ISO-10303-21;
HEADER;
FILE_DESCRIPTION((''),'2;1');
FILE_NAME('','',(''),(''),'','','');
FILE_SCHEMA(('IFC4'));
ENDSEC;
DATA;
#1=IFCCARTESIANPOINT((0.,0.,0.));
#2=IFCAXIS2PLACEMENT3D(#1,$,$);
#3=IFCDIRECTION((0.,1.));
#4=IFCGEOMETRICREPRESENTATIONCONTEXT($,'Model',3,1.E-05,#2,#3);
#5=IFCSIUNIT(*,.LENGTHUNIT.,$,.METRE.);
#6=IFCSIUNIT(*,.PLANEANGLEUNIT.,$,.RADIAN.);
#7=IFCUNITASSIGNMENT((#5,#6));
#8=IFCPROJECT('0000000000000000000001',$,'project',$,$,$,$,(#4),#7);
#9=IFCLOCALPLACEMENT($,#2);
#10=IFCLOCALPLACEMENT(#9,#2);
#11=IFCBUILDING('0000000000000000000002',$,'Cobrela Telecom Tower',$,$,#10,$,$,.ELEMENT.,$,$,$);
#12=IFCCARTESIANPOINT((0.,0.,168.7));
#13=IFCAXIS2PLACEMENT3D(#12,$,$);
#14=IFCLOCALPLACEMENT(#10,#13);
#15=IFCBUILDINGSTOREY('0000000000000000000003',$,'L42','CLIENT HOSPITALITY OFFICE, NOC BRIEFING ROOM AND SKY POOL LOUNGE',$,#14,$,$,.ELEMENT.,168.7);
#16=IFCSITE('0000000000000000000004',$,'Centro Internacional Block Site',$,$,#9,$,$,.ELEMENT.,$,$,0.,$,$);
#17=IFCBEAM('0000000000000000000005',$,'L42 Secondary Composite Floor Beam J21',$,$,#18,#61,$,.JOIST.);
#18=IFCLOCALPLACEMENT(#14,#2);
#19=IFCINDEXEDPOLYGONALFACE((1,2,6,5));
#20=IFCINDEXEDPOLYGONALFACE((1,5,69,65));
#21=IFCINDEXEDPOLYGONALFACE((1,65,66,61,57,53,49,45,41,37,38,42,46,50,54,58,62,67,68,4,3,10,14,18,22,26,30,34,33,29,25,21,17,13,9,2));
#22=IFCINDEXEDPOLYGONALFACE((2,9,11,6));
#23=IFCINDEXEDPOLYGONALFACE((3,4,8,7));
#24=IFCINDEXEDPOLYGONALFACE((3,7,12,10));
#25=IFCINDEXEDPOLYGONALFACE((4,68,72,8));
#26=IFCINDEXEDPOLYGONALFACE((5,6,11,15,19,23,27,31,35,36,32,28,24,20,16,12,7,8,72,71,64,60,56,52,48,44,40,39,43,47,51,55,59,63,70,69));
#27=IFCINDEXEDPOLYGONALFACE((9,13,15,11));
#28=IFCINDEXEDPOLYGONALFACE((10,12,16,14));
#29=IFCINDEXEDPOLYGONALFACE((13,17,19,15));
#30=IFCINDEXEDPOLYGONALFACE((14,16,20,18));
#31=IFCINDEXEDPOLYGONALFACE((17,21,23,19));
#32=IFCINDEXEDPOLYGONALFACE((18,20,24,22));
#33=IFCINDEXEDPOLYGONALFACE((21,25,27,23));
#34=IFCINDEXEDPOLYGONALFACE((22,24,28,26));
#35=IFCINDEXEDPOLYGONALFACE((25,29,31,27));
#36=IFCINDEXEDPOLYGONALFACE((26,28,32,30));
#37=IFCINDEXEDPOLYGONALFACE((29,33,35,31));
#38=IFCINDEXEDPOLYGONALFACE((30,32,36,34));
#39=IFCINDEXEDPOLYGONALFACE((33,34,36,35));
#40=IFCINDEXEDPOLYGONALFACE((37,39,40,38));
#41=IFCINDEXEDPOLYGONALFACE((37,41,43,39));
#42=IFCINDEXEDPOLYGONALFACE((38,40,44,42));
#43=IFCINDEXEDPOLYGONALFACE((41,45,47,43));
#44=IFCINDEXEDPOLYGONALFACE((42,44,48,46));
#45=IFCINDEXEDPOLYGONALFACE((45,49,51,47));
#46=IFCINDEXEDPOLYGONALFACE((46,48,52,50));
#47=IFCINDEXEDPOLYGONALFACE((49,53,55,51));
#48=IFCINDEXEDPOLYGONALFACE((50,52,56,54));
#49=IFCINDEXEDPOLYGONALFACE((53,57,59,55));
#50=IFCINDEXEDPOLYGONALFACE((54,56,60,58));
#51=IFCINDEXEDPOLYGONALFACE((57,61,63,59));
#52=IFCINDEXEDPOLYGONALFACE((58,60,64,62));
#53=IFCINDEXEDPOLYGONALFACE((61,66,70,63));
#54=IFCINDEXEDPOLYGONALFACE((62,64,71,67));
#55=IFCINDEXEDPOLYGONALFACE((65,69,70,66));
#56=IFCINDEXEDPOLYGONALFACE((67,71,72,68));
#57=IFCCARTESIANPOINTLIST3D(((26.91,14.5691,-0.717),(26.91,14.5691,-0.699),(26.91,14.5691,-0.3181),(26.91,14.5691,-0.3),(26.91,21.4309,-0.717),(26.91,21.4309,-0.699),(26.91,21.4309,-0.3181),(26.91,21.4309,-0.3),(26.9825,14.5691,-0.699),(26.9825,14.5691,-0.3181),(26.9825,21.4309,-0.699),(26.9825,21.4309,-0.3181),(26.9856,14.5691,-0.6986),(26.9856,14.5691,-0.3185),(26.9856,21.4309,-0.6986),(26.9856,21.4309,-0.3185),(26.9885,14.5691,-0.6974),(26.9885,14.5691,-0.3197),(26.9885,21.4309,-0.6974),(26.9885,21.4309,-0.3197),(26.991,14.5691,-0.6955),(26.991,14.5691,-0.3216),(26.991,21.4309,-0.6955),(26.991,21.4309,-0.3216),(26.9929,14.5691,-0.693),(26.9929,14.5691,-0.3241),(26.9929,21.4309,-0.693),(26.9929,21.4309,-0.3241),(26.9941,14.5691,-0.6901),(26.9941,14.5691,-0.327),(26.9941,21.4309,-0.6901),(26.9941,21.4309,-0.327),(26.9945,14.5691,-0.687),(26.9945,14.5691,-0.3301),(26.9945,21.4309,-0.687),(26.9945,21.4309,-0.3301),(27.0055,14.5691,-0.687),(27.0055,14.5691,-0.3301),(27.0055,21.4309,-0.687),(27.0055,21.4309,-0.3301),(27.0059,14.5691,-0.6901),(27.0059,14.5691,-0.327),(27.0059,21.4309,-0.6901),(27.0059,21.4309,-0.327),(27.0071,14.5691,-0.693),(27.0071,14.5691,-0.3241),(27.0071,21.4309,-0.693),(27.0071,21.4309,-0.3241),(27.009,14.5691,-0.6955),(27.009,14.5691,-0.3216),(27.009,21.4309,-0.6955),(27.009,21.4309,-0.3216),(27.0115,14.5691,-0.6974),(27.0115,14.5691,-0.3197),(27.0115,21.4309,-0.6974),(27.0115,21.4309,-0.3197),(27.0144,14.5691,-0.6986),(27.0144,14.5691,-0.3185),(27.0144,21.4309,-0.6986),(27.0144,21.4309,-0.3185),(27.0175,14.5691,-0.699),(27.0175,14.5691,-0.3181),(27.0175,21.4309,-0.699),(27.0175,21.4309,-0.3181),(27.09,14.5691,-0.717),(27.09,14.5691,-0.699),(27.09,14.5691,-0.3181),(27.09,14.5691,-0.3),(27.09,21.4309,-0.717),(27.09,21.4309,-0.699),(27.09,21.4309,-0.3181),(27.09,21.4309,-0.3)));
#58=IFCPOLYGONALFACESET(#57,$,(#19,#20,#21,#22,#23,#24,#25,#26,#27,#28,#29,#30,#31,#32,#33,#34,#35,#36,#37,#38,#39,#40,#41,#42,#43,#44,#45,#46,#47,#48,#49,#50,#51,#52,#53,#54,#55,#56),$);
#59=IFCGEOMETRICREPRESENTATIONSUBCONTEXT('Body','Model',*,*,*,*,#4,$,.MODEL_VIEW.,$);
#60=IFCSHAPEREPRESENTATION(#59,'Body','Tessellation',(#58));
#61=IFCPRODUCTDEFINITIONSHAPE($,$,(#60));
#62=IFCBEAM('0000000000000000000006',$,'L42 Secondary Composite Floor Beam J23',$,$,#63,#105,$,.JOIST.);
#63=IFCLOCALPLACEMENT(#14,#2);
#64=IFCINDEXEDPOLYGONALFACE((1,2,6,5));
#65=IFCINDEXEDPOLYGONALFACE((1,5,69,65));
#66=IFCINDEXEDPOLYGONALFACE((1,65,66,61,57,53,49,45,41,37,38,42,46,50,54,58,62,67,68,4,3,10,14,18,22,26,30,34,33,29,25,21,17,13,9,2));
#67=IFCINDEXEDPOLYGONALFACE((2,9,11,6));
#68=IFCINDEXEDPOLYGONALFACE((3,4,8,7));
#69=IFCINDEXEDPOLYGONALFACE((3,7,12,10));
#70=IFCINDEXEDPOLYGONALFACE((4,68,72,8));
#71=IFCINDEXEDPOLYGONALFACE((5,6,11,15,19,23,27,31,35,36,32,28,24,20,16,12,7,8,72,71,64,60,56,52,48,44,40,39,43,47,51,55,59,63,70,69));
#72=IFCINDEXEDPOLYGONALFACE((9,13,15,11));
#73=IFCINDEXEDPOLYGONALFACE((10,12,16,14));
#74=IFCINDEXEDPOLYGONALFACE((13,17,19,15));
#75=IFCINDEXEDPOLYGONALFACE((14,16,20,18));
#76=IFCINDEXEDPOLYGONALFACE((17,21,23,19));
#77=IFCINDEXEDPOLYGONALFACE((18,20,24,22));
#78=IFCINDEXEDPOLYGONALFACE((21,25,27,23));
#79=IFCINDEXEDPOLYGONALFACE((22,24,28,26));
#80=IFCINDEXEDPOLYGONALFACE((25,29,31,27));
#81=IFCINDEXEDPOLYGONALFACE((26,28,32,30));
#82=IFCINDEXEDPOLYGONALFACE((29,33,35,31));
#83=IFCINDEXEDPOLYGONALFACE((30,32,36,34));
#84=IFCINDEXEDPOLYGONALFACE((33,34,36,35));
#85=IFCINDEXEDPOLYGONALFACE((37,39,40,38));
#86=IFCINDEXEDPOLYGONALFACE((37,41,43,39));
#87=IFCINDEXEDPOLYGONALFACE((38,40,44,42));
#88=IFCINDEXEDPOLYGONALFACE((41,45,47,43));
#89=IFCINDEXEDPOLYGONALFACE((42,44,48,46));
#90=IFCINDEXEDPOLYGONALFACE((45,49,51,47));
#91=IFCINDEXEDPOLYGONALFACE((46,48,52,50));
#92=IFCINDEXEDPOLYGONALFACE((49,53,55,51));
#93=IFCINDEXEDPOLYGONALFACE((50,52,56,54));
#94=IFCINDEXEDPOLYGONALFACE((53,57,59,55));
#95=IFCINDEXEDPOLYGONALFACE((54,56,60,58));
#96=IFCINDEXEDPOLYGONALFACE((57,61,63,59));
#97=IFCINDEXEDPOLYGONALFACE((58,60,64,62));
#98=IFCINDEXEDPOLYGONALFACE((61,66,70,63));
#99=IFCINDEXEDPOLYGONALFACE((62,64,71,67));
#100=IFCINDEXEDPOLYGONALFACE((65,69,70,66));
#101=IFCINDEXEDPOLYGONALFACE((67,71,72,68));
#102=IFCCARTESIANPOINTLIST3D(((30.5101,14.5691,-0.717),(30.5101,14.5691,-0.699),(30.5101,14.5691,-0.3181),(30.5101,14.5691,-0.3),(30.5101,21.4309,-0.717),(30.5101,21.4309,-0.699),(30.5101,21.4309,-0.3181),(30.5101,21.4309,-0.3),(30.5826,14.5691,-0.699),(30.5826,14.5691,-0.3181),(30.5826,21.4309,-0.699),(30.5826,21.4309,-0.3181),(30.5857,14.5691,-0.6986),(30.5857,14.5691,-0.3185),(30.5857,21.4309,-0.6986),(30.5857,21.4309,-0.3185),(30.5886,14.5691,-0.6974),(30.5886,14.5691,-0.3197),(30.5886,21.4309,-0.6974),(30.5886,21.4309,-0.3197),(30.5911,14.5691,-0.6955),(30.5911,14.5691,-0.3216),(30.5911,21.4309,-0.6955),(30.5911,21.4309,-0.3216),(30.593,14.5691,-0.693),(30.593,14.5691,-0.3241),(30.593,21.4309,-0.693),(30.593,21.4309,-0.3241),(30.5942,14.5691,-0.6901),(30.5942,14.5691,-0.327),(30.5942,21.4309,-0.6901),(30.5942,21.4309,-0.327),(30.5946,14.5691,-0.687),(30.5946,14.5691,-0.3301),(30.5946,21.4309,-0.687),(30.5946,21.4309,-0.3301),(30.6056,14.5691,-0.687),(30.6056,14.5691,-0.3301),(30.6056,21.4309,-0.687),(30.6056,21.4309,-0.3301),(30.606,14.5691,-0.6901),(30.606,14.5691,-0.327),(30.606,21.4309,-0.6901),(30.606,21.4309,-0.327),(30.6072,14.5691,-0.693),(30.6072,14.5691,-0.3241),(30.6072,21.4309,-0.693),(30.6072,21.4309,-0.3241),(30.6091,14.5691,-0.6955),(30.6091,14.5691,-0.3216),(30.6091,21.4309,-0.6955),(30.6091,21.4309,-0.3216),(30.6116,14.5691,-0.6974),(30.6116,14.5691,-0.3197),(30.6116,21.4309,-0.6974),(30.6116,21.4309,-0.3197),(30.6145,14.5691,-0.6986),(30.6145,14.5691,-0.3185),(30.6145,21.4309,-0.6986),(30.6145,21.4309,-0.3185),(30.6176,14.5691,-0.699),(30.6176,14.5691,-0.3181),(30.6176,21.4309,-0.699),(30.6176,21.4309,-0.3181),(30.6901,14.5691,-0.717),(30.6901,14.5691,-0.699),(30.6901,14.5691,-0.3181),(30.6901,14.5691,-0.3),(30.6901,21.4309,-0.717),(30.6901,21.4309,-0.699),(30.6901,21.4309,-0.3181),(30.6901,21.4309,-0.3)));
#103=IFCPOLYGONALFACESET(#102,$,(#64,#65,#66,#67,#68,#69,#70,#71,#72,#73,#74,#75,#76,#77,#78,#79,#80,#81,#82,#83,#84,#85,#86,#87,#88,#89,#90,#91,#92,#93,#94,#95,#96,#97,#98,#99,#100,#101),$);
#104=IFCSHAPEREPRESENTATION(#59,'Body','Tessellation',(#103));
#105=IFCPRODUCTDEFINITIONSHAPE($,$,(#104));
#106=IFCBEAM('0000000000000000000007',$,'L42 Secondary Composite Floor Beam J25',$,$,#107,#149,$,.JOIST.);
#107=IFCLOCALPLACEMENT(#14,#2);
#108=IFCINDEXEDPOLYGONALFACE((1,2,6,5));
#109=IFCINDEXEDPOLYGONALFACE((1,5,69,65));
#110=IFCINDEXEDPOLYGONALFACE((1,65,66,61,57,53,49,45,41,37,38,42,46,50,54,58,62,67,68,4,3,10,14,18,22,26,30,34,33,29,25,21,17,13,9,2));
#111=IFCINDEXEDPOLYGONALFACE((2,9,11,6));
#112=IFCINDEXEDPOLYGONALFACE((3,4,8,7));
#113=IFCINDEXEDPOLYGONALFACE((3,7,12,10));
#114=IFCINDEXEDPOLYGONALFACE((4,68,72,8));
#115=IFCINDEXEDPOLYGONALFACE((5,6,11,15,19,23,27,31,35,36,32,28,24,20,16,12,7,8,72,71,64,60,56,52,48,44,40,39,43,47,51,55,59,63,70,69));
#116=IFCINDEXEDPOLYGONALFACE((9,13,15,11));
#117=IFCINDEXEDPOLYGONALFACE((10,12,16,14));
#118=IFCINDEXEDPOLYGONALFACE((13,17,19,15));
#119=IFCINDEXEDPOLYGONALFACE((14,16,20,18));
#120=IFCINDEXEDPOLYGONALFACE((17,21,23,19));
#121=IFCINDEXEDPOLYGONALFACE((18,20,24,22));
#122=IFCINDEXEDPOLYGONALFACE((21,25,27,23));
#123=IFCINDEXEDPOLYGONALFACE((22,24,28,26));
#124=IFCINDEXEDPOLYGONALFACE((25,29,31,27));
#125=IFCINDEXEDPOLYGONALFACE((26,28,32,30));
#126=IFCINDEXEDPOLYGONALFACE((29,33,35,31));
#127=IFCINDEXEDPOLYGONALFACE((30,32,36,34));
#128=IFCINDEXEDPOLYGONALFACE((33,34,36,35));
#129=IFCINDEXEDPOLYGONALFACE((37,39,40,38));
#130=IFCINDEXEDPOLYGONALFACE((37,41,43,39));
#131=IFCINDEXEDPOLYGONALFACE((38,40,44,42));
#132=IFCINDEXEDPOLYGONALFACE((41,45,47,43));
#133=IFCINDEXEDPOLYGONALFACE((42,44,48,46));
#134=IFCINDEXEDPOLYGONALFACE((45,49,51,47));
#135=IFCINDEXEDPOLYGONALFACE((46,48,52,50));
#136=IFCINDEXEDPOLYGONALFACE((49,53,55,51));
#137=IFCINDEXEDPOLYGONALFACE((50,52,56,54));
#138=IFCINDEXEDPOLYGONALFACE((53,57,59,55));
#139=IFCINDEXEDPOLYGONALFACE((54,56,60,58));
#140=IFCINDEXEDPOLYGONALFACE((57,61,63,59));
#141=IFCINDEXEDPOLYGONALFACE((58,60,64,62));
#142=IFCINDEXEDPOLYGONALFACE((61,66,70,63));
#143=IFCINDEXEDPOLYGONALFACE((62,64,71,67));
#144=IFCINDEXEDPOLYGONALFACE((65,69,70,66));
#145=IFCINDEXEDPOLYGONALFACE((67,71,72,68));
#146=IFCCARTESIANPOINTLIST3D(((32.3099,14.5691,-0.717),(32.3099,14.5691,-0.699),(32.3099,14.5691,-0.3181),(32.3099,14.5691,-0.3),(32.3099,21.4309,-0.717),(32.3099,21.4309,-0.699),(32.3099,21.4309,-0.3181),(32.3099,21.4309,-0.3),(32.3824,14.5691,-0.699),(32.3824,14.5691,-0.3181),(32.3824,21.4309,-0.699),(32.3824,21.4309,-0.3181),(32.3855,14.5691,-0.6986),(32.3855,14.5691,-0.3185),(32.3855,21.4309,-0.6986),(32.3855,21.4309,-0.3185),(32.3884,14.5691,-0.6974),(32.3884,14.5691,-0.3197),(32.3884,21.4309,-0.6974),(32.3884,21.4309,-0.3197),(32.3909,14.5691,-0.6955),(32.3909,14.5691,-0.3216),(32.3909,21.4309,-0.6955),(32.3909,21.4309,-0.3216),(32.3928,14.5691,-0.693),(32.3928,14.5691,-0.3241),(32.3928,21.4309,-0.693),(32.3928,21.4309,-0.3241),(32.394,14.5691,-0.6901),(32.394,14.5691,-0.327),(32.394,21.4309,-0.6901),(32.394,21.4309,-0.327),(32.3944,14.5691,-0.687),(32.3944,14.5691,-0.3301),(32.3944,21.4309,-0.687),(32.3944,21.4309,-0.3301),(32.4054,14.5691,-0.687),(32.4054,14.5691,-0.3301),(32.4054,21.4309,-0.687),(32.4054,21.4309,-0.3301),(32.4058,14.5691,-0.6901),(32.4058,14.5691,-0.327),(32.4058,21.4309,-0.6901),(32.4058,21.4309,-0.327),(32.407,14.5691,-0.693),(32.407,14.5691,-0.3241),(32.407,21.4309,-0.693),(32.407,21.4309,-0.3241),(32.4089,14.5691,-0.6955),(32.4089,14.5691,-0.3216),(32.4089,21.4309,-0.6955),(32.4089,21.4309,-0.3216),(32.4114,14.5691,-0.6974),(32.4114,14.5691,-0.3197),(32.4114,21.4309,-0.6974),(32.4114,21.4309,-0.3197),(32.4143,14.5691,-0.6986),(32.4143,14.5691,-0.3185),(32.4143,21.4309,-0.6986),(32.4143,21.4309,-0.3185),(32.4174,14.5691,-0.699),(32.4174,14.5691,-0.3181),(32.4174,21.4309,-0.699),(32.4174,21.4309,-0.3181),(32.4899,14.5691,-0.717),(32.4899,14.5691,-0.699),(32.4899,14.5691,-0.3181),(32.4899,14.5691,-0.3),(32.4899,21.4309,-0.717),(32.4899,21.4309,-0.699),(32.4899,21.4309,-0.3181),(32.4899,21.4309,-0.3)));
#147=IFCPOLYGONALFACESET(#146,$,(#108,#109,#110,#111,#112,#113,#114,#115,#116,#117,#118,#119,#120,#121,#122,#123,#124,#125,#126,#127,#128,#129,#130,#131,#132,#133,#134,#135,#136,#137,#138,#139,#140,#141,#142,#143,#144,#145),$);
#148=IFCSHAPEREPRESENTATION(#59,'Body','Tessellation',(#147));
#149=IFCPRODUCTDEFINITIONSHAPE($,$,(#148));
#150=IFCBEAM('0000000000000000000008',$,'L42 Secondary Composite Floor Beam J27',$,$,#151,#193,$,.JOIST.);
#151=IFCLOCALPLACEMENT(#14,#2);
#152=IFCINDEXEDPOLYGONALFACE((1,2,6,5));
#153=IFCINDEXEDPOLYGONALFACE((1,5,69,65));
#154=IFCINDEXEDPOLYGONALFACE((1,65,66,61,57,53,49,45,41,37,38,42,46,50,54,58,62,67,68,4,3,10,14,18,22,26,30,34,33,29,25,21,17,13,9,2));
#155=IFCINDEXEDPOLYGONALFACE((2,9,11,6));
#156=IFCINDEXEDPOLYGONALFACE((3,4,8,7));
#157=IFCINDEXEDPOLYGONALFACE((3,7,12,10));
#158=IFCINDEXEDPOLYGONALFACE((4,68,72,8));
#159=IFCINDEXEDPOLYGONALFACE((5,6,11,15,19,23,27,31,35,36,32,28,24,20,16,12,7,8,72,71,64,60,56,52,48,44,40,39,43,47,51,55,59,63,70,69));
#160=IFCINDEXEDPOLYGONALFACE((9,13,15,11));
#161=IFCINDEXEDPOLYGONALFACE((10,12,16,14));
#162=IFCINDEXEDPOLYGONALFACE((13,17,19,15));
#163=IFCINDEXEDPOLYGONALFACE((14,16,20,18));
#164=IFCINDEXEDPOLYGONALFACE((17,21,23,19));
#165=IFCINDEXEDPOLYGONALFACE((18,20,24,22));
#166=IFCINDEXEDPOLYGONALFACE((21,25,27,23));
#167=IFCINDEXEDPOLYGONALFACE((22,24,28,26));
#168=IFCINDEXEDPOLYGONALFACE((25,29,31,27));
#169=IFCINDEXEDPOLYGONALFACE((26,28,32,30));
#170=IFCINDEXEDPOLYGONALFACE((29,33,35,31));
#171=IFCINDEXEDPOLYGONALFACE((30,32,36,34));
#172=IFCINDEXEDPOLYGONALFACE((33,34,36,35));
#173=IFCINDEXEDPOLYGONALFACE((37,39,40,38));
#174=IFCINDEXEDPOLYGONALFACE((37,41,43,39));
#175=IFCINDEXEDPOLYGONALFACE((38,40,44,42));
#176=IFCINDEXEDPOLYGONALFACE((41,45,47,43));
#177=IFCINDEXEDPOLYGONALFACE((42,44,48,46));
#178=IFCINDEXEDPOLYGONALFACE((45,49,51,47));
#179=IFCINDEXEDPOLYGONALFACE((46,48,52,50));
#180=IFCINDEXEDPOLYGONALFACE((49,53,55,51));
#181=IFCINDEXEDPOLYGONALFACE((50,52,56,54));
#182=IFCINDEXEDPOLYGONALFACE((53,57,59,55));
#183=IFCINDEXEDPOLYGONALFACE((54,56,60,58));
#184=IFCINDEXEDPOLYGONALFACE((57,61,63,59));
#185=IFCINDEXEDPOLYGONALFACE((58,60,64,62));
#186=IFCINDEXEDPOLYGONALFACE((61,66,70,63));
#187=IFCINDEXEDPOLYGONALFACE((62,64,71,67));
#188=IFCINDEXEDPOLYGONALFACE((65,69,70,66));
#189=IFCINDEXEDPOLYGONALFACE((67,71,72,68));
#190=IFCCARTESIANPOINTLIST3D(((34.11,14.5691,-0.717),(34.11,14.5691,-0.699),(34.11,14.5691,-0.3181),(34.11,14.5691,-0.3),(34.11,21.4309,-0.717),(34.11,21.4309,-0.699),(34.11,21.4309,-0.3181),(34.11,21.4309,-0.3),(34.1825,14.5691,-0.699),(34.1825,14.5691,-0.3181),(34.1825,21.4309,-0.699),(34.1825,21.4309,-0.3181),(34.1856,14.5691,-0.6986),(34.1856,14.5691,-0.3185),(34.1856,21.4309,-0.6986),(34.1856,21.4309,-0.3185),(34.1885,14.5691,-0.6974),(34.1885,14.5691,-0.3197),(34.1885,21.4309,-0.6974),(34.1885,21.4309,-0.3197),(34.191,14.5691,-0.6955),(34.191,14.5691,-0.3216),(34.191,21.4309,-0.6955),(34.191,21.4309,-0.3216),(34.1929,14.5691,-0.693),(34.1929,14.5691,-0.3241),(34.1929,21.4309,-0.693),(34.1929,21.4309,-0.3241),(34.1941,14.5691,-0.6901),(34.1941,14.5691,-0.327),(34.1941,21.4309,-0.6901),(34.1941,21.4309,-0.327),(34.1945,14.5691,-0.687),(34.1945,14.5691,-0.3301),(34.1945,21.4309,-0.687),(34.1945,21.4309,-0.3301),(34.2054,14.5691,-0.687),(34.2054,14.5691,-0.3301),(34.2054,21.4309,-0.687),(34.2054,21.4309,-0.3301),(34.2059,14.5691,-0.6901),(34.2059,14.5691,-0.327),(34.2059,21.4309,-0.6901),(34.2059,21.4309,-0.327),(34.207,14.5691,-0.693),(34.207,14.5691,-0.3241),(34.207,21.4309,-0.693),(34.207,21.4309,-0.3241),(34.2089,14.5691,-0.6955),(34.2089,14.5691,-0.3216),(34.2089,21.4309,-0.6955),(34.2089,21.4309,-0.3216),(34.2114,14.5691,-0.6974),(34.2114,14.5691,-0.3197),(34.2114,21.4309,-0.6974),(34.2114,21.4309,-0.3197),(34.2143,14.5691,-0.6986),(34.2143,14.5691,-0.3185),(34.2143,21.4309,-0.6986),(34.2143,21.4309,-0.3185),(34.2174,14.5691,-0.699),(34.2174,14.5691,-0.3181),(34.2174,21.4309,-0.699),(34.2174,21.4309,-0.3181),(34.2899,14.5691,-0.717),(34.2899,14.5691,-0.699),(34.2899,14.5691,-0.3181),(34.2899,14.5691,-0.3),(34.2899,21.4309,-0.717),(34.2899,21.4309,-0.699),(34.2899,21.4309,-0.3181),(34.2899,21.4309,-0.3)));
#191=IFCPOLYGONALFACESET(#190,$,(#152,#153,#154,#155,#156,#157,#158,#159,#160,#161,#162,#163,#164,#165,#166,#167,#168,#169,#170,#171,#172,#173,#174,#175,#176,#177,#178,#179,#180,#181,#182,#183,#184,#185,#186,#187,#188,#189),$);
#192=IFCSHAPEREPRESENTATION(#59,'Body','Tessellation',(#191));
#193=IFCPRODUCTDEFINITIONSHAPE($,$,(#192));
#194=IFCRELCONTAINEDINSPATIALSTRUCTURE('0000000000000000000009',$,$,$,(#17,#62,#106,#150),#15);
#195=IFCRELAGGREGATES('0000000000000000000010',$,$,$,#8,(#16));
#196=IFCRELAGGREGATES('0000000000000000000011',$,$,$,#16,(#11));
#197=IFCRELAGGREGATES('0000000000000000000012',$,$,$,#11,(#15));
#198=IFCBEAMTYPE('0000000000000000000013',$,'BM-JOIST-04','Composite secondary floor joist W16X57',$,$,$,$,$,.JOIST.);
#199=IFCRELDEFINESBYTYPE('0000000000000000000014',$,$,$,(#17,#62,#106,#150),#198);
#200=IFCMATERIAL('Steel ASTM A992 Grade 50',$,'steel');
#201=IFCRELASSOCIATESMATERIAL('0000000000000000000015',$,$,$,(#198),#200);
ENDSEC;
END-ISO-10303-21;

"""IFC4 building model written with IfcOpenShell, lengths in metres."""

from ifc_helpers import new_model, si_unit, direction, frame, origin, origin_2d, place, context, subcontext, project, spatial, i_section, extrude, material, material_profile, profile_set, type_object, element, save


model = new_model("IFC4")

# Units and contexts
model_context = context("Model", 3, precision=1e-05, world=origin(), true_north=direction((0.0, 1.0)))
body_context = subcontext(model_context, "Body", "Model", "MODEL_VIEW")
ifc_project = project(units=[si_unit("LENGTHUNIT", "METRE"), si_unit("PLANEANGLEUNIT", "RADIAN")], contexts=[model_context])

# Site, building, storey
site_placement = place(None, origin())
site = spatial("IfcSite", under=ifc_project, at=site_placement, Name="Centro Internacional Block Site", CompositionType="ELEMENT", RefElevation=0.0)
building_placement = place(site_placement, origin())
building = spatial("IfcBuilding", under=site, at=building_placement, Name="Cobrela Telecom Tower", CompositionType="ELEMENT")
storey_placement = place(building_placement, frame((0.0, 0.0, 168.7)))
storey = spatial("IfcBuildingStorey", under=building, at=storey_placement, Name="L42", Description="CLIENT HOSPITALITY OFFICE, NOC BRIEFING ROOM AND SKY POOL LOUNGE", CompositionType="ELEMENT", Elevation=168.7)

# Shared definitions
ifc_material_1 = material(Name="Steel ASTM A992 Grade 50", Category="steel")

# Beams
ifc_material_profile_1 = material_profile(ifc_material_1, i_section(OverallWidth=0.1799, OverallDepth=0.417, WebThickness=0.011, FlangeThickness=0.0181, FilletRadius=0.012, at=origin_2d()), Name="W16X57")
ifc_profile_set_1 = profile_set([ifc_material_profile_1], Name="Steel ASTM A992 Grade 50")
beam_type_1 = type_object("IfcBeamType", Name="BM-JOIST-04", Description="Composite secondary floor joist W16X57", PredefinedType="JOIST", material=ifc_profile_set_1)
for number, where, z_axis, x_axis, name in (
    (1, (27.0, 14.5691, -0.5085), (0.0, 1.0, 0.0), (-1.0, 0.0, 0.0), "L42 Secondary Composite Floor Beam J21"),
    (2, (30.6001, 14.5691, -0.5085), (0.0, 1.0, 0.0), (-1.0, 0.0, 0.0), "L42 Secondary Composite Floor Beam J23"),
    (3, (32.3999, 14.5691, -0.5085), (0.0, 1.0, 0.0), (-1.0, 0.0, 0.0), "L42 Secondary Composite Floor Beam J25"),
    (4, (34.2, 14.5691, -0.5085), (0.0, 1.0, 0.0), (-1.0, 0.0, 0.0), "L42 Secondary Composite Floor Beam J27"),
):
    element("IfcBeam", number, at=place(storey_placement, frame(where, z_axis=z_axis, x_axis=x_axis)), inside=storey, type_object=beam_type_1, Name=name, PredefinedType="JOIST", context=body_context, shape_type="SweptSolid", body=[
        extrude(i_section(OverallWidth=0.1799, OverallDepth=0.417, WebThickness=0.011, FlangeThickness=0.0181, FilletRadius=0.012, at=origin_2d()), origin(), (0.0, 0.0, 1.0), 6.8618),
    ])

save(model, "model.ifc")
